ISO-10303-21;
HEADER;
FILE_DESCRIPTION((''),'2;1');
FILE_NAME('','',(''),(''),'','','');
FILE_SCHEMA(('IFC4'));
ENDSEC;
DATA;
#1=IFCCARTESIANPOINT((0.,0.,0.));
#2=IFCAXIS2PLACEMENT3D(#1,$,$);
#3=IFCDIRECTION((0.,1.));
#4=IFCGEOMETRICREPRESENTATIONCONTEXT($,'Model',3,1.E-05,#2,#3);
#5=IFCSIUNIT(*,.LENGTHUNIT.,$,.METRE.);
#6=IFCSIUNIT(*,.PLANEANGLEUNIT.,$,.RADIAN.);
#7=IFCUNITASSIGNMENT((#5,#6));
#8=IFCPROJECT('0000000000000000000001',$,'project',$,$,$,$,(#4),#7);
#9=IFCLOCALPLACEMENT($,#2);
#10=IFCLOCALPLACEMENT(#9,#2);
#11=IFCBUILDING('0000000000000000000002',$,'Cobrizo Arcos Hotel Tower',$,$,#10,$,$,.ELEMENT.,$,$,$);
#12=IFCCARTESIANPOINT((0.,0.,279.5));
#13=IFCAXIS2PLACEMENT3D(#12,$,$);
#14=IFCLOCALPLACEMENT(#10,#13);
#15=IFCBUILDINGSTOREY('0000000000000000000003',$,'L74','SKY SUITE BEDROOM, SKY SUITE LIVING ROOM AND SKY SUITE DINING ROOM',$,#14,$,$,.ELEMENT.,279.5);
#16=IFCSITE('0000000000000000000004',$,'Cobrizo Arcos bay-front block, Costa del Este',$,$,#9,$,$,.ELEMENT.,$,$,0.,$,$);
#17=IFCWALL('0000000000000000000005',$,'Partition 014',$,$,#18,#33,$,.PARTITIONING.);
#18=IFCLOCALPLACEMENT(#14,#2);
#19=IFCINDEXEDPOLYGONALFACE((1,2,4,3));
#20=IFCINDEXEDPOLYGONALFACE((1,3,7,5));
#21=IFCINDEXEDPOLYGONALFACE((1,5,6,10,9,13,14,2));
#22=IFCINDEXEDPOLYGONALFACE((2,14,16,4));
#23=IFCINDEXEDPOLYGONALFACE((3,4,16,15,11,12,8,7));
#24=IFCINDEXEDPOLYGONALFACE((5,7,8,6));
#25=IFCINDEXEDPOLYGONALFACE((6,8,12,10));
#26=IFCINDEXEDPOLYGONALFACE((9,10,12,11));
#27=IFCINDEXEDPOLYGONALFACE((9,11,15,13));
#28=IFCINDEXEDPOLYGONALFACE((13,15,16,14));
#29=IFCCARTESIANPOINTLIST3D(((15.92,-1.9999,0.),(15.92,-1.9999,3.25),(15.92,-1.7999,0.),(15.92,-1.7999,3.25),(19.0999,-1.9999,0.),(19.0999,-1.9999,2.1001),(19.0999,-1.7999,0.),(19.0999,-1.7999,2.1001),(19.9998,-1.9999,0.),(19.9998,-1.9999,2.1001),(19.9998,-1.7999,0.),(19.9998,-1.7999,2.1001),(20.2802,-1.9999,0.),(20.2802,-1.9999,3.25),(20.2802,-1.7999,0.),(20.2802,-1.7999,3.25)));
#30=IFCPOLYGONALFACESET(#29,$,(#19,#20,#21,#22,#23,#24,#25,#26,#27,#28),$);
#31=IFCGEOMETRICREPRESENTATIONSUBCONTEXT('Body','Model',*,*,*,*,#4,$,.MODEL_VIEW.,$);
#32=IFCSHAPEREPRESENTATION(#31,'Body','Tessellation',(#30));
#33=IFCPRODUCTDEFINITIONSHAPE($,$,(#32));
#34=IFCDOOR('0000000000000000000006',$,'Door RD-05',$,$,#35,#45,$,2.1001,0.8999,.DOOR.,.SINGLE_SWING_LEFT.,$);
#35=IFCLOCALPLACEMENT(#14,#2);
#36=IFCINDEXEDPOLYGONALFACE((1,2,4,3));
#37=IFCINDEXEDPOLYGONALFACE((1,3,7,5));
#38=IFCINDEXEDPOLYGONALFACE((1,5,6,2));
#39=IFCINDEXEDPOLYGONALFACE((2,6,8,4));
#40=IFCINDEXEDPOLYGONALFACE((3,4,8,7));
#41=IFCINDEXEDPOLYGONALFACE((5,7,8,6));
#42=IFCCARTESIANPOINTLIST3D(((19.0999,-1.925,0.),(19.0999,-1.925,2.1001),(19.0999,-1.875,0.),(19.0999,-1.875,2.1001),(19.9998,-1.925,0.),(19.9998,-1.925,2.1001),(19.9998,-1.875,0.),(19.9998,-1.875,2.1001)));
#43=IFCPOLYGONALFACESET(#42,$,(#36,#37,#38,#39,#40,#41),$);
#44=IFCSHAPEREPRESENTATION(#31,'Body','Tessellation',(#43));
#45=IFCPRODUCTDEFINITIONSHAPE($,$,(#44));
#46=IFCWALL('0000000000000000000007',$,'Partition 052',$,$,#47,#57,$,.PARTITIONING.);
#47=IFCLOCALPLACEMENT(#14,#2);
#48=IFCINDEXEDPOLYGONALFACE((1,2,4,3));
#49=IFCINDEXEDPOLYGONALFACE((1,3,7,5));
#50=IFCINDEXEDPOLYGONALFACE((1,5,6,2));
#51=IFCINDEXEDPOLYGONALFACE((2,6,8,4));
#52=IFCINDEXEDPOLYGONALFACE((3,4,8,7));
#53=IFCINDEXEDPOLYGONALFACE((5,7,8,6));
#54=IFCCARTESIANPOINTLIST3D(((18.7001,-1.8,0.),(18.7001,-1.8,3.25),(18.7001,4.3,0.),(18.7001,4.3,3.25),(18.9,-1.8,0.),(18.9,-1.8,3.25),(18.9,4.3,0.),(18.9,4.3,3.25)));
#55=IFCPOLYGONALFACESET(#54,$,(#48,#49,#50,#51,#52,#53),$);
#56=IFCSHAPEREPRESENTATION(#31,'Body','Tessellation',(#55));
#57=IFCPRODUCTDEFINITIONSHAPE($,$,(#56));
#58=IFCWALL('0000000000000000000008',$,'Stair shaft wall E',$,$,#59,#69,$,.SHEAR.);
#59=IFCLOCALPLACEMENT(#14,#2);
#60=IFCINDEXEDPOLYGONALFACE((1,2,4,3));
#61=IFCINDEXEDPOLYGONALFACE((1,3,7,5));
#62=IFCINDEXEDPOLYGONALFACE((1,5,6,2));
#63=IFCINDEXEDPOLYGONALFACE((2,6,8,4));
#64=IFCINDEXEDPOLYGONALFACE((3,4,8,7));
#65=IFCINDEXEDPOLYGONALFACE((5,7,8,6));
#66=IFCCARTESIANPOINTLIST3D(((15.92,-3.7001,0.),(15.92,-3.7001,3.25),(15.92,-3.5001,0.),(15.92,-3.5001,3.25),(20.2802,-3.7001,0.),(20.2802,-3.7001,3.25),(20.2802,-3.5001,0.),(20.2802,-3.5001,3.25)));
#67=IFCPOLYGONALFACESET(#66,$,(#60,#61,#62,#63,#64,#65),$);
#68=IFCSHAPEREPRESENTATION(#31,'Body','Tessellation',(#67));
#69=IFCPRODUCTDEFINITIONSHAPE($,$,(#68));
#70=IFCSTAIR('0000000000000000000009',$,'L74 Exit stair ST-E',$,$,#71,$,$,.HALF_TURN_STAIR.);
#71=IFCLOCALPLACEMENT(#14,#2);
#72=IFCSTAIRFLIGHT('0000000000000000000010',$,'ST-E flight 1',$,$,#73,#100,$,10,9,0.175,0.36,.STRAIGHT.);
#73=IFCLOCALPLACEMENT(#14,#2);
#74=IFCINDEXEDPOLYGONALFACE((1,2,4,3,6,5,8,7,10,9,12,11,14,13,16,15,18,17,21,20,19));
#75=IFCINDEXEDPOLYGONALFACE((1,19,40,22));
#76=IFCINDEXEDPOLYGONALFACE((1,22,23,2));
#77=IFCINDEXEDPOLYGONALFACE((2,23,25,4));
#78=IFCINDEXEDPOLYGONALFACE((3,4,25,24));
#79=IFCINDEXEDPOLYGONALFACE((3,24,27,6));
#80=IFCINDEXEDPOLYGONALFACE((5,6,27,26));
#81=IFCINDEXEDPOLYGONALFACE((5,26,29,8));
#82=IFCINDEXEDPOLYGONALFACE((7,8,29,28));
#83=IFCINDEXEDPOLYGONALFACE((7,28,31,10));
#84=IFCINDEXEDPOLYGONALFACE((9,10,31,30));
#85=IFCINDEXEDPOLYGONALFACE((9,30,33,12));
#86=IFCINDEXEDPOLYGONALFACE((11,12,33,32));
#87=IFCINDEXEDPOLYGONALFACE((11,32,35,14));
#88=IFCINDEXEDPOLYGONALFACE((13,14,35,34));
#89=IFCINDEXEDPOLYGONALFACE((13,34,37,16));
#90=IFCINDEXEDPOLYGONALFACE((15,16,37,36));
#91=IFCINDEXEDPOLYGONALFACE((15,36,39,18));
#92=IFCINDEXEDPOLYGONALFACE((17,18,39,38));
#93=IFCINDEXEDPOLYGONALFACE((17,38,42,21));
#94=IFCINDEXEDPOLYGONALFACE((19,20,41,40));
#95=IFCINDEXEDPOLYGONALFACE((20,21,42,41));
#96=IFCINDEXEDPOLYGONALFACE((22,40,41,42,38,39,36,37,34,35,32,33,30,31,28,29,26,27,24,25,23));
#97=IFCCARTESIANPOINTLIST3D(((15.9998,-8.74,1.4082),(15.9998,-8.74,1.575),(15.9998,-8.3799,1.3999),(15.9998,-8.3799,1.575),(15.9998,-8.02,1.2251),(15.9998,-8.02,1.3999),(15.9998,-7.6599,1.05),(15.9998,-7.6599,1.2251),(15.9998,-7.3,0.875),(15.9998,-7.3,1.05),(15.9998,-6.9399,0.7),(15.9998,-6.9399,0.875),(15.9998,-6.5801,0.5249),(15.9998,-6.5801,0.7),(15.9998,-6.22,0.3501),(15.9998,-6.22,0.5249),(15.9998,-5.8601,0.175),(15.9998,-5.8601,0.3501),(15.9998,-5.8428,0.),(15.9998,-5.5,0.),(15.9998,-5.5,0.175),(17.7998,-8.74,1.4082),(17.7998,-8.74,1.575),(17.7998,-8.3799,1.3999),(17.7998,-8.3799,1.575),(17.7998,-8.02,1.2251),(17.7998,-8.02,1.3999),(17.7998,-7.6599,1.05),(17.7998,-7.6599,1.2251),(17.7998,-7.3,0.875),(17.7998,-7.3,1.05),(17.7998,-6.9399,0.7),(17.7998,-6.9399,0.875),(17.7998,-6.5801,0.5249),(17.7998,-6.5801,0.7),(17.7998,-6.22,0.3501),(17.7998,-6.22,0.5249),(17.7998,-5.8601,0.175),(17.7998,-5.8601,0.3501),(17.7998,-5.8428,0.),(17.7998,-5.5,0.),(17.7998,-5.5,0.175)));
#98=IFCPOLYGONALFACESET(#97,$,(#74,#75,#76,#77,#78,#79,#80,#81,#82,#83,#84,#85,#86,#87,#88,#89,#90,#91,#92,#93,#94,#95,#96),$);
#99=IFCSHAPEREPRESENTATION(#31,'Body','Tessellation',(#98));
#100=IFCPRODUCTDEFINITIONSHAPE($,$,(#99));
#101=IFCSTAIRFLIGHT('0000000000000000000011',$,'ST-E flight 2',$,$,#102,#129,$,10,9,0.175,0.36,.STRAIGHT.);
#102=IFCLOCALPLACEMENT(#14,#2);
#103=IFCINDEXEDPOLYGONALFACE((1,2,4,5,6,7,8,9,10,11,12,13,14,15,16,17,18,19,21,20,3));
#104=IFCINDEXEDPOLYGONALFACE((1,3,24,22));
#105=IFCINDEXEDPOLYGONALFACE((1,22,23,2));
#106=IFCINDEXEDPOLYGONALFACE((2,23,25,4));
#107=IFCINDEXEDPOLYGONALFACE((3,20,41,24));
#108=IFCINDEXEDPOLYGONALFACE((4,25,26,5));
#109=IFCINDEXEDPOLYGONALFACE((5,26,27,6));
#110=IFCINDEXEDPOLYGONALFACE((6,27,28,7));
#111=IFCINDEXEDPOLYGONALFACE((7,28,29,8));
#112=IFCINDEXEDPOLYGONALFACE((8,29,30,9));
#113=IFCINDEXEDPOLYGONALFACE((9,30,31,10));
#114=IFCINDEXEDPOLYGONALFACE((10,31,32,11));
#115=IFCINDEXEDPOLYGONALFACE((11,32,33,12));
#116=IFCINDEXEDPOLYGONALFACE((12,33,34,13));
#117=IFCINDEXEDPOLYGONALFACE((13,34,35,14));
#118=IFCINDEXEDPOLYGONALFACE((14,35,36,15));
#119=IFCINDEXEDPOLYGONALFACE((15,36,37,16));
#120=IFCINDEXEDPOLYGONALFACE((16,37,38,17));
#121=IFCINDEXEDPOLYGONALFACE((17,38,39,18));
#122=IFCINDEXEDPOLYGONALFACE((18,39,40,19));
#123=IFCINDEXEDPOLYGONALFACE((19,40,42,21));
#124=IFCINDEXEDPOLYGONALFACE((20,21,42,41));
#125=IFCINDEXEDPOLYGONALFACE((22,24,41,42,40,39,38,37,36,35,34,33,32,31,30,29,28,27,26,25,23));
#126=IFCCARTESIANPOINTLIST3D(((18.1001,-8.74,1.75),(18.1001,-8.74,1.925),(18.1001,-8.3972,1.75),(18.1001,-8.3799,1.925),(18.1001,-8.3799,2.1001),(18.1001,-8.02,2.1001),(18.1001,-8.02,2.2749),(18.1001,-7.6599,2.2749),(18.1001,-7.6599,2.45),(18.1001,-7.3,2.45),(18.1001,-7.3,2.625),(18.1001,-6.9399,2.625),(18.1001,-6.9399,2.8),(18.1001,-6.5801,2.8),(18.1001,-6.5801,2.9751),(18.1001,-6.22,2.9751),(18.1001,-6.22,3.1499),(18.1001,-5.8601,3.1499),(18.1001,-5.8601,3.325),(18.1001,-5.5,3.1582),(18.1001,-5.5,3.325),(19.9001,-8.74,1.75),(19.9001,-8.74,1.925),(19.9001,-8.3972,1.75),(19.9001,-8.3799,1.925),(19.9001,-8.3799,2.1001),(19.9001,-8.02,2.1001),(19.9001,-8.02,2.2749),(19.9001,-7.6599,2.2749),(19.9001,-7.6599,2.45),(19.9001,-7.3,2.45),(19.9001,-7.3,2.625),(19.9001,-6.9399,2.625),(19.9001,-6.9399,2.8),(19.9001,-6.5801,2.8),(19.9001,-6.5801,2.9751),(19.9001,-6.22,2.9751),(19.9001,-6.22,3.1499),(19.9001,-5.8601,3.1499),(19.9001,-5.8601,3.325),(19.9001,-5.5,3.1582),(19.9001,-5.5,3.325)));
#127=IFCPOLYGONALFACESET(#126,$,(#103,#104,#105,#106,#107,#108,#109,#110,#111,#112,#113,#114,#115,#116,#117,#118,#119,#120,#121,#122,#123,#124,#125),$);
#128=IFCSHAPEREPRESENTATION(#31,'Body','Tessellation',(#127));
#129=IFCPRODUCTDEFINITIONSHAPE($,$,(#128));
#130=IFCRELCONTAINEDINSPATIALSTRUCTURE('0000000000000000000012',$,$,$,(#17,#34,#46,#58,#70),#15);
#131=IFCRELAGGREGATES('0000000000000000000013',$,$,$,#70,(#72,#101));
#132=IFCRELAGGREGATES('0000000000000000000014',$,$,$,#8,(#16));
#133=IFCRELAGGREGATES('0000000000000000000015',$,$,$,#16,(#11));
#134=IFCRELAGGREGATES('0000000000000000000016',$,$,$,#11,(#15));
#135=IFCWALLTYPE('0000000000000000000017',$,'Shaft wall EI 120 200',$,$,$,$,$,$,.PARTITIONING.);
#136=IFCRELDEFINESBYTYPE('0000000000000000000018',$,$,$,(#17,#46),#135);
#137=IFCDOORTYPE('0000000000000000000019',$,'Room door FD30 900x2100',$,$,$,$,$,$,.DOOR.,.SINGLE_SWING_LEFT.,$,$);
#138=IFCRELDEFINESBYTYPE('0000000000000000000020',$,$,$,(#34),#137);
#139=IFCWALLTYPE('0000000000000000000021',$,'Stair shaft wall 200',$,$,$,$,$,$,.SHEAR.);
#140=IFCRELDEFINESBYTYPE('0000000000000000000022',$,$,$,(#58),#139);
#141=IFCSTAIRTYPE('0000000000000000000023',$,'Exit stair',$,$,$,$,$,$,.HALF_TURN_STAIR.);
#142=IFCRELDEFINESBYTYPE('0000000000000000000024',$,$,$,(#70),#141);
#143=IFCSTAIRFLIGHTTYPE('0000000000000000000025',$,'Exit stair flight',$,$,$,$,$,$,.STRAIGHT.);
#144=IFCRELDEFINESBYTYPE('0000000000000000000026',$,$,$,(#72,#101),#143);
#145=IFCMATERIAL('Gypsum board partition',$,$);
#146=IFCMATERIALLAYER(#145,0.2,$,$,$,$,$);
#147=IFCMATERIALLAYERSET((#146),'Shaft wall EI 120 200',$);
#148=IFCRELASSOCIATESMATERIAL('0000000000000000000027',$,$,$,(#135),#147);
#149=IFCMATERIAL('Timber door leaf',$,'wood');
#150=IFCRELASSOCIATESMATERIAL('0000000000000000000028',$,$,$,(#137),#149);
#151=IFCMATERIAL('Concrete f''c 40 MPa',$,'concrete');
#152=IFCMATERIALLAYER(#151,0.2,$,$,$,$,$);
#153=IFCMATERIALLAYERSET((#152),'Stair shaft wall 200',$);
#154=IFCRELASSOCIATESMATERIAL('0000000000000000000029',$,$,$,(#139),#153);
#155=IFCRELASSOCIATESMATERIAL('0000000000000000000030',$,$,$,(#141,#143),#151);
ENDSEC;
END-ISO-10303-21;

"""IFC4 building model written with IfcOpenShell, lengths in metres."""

from ifc_helpers import new_model, si_unit, direction, frame, frame_2d, origin, place, context, subcontext, project, spatial, polyline, rectangle, outline, extrude, material, layer, layer_set, type_object, element, fill, aggregate, save


model = new_model("IFC4")

# Units and contexts
model_context = context("Model", 3, precision=1e-05, world=origin(), true_north=direction((0.0, 1.0)))
body_context = subcontext(model_context, "Body", "Model", "MODEL_VIEW")
ifc_project = project(units=[si_unit("LENGTHUNIT", "METRE"), si_unit("PLANEANGLEUNIT", "RADIAN")], contexts=[model_context])

# Site, building, storey
site_placement = place(None, origin())
site = spatial("IfcSite", under=ifc_project, at=site_placement, Name="Cobrizo Arcos bay-front block, Costa del Este", CompositionType="ELEMENT", RefElevation=0.0)
building_placement = place(site_placement, origin())
building = spatial("IfcBuilding", under=site, at=building_placement, Name="Cobrizo Arcos Hotel Tower", CompositionType="ELEMENT")
storey_placement = place(building_placement, frame((0.0, 0.0, 279.5)))
storey = spatial("IfcBuildingStorey", under=building, at=storey_placement, Name="L74", Description="SKY SUITE BEDROOM, SKY SUITE LIVING ROOM AND SKY SUITE DINING ROOM", CompositionType="ELEMENT", Elevation=279.5)

# Wall, opening, door
ifc_material_1 = material(Name="Gypsum board partition")
ifc_layer_1 = layer(ifc_material_1, 0.2)
ifc_layer_set_1 = layer_set([ifc_layer_1], Name="Shaft wall EI 120 200")
wall_type_1 = type_object("IfcWallType", Name="Shaft wall EI 120 200", PredefinedType="PARTITIONING", material=ifc_layer_set_1)
wall_1_placement = place(storey_placement, frame((15.9199, -1.8999, 0.0), z_axis=(0.0, 0.0, 1.0), x_axis=(1.0, 0.0, 0.0)))
wall_1 = element("IfcWall", 1, at=wall_1_placement, inside=storey, type_object=wall_type_1, Name="Partition 014", PredefinedType="PARTITIONING", context=body_context, shape_type="SweptSolid", body=[
    extrude(rectangle(XDim=4.3601, YDim=0.2, at=frame_2d((2.1802, 0.0))), origin(), (0.0, 0.0, 1.0), 3.25),
])
opening_placement = place(wall_1_placement, frame((3.1799, 0.0, 0.0)))
opening = element("IfcOpeningElement", 2, at=opening_placement, cuts=wall_1, PredefinedType="OPENING", context=body_context, shape_type="SweptSolid", body=[
    extrude(rectangle(XDim=0.8999, YDim=2.1001, at=frame_2d((0.45, 1.05))), frame((0.0, 0.1121, 0.0), z_axis=(0.0, -1.0, 0.0), x_axis=(1.0, 0.0, 0.0)), (0.0, 0.0, 1.0), 0.2239),
])
ifc_material_2 = material(Name="Timber door leaf", Category="wood")
door_type = type_object("IfcDoorType", Name="Room door FD30 900x2100", OperationType="SINGLE_SWING_LEFT", PredefinedType="DOOR", material=ifc_material_2)
door_placement = place(opening_placement, origin())
door = element("IfcDoor", 3, at=door_placement, inside=storey, type_object=door_type, Name="Door RD-05", OperationType="SINGLE_SWING_LEFT", OverallHeight=2.1001, OverallWidth=0.8999, PredefinedType="DOOR", context=body_context, shape_type="SweptSolid", body=[
    extrude(rectangle(XDim=0.8999, YDim=2.1001, at=frame_2d((0.45, 1.05))), frame((0.0, 0.0249, 0.0), z_axis=(0.0, -1.0, 0.0), x_axis=(1.0, 0.0, 0.0)), (0.0, 0.0, 1.0), 0.05),
])
fill(opening, door)

# Walls
wall_2_placement = place(storey_placement, frame((18.8, -1.8, 0.0), z_axis=(0.0, 0.0, 1.0), x_axis=(0.0, 1.0, 0.0)))
element("IfcWall", 4, at=wall_2_placement, inside=storey, type_object=wall_type_1, Name="Partition 052", PredefinedType="PARTITIONING", context=body_context, shape_type="SweptSolid", body=[
    extrude(rectangle(XDim=6.1001, YDim=0.2, at=frame_2d((3.05, 0.0))), origin(), (0.0, 0.0, 1.0), 3.25),
])
ifc_material_3 = material(Name="Concrete f'c 40 MPa", Category="concrete")
ifc_layer_2 = layer(ifc_material_3, 0.2)
ifc_layer_set_2 = layer_set([ifc_layer_2], Name="Stair shaft wall 200")
wall_type_2 = type_object("IfcWallType", Name="Stair shaft wall 200", PredefinedType="SHEAR", material=ifc_layer_set_2)
wall_3_placement = place(storey_placement, frame((15.9199, -3.6001, 0.0), z_axis=(0.0, 0.0, 1.0), x_axis=(1.0, 0.0, 0.0)))
element("IfcWall", 5, at=wall_3_placement, inside=storey, type_object=wall_type_2, Name="Stair shaft wall E", PredefinedType="SHEAR", context=body_context, shape_type="SweptSolid", body=[
    extrude(rectangle(XDim=4.3601, YDim=0.2, at=frame_2d((2.1802, 0.0))), origin(), (0.0, 0.0, 1.0), 3.25),
])

# Stair, stair flights
stair_type = type_object("IfcStairType", Name="Exit stair", PredefinedType="HALF_TURN_STAIR", material=ifc_material_3)
stair_placement = place(storey_placement, origin())
stair = element("IfcStair", 6, at=stair_placement, inside=storey, type_object=stair_type, Name="L74 Exit stair ST-E", PredefinedType="HALF_TURN_STAIR")
stair_flight_type = type_object("IfcStairFlightType", Name="Exit stair flight", PredefinedType="STRAIGHT", material=ifc_material_3)
stair_flight_1_placement = place(storey_placement, frame((16.8999, -5.5, 0.0), z_axis=(0.0, 0.0, 1.0), x_axis=(0.0, -1.0, 0.0)))
stair_flight_1 = element("IfcStairFlight", 7, at=stair_flight_1_placement, type_object=stair_flight_type, Name="ST-E flight 1", NumberOfRisers=10, NumberOfTreads=9, PredefinedType="STRAIGHT", RiserHeight=0.175, TreadLength=0.36, context=body_context, shape_type="SweptSolid", body=[
    extrude(outline(polyline([(0.0, 0.0), (0.0, 0.175), (0.3601, 0.175), (0.3601, 0.3501), (0.72, 0.3501), (0.72, 0.5249), (1.0801, 0.5249), (1.0801, 0.7), (1.4399, 0.7), (1.4399, 0.875), (1.8, 0.875), (1.8, 1.05), (2.1599, 1.05), (2.1599, 1.2251), (2.52, 1.2251), (2.52, 1.3999), (2.8799, 1.3999), (2.8799, 1.575), (3.24, 1.575), (3.24, 1.75), (3.24, 1.4082), (0.3428, 0.0), (0.0, 0.0)])), frame((0.0, 0.8999, 0.0), z_axis=(0.0, -1.0, 0.0), x_axis=(1.0, 0.0, 0.0)), (0.0, 0.0, 1.0), 1.8),
])
stair_flight_2_placement = place(storey_placement, frame((19.0, -8.74, 1.75), z_axis=(0.0, 0.0, 1.0), x_axis=(0.0, 1.0, 0.0)))
stair_flight_2 = element("IfcStairFlight", 8, at=stair_flight_2_placement, type_object=stair_flight_type, Name="ST-E flight 2", NumberOfRisers=10, NumberOfTreads=9, PredefinedType="STRAIGHT", RiserHeight=0.175, TreadLength=0.36, context=body_context, shape_type="SweptSolid", body=[
    extrude(outline(polyline([(0.0, 0.0), (0.0, 0.175), (0.3601, 0.175), (0.3601, 0.3501), (0.72, 0.3501), (0.72, 0.5249), (1.0801, 0.5249), (1.0801, 0.7), (1.4399, 0.7), (1.4399, 0.875), (1.8, 0.875), (1.8, 1.05), (2.1599, 1.05), (2.1599, 1.2251), (2.52, 1.2251), (2.52, 1.3999), (2.8799, 1.3999), (2.8799, 1.575), (3.24, 1.575), (3.24, 1.75), (3.24, 1.4082), (0.3428, 0.0), (0.0, 0.0)])), frame((0.0, 0.8999, 0.0), z_axis=(0.0, -1.0, 0.0), x_axis=(1.0, 0.0, 0.0)), (0.0, 0.0, 1.0), 1.8),
])
aggregate(stair, [stair_flight_1, stair_flight_2])

save(model, "model.ifc")
